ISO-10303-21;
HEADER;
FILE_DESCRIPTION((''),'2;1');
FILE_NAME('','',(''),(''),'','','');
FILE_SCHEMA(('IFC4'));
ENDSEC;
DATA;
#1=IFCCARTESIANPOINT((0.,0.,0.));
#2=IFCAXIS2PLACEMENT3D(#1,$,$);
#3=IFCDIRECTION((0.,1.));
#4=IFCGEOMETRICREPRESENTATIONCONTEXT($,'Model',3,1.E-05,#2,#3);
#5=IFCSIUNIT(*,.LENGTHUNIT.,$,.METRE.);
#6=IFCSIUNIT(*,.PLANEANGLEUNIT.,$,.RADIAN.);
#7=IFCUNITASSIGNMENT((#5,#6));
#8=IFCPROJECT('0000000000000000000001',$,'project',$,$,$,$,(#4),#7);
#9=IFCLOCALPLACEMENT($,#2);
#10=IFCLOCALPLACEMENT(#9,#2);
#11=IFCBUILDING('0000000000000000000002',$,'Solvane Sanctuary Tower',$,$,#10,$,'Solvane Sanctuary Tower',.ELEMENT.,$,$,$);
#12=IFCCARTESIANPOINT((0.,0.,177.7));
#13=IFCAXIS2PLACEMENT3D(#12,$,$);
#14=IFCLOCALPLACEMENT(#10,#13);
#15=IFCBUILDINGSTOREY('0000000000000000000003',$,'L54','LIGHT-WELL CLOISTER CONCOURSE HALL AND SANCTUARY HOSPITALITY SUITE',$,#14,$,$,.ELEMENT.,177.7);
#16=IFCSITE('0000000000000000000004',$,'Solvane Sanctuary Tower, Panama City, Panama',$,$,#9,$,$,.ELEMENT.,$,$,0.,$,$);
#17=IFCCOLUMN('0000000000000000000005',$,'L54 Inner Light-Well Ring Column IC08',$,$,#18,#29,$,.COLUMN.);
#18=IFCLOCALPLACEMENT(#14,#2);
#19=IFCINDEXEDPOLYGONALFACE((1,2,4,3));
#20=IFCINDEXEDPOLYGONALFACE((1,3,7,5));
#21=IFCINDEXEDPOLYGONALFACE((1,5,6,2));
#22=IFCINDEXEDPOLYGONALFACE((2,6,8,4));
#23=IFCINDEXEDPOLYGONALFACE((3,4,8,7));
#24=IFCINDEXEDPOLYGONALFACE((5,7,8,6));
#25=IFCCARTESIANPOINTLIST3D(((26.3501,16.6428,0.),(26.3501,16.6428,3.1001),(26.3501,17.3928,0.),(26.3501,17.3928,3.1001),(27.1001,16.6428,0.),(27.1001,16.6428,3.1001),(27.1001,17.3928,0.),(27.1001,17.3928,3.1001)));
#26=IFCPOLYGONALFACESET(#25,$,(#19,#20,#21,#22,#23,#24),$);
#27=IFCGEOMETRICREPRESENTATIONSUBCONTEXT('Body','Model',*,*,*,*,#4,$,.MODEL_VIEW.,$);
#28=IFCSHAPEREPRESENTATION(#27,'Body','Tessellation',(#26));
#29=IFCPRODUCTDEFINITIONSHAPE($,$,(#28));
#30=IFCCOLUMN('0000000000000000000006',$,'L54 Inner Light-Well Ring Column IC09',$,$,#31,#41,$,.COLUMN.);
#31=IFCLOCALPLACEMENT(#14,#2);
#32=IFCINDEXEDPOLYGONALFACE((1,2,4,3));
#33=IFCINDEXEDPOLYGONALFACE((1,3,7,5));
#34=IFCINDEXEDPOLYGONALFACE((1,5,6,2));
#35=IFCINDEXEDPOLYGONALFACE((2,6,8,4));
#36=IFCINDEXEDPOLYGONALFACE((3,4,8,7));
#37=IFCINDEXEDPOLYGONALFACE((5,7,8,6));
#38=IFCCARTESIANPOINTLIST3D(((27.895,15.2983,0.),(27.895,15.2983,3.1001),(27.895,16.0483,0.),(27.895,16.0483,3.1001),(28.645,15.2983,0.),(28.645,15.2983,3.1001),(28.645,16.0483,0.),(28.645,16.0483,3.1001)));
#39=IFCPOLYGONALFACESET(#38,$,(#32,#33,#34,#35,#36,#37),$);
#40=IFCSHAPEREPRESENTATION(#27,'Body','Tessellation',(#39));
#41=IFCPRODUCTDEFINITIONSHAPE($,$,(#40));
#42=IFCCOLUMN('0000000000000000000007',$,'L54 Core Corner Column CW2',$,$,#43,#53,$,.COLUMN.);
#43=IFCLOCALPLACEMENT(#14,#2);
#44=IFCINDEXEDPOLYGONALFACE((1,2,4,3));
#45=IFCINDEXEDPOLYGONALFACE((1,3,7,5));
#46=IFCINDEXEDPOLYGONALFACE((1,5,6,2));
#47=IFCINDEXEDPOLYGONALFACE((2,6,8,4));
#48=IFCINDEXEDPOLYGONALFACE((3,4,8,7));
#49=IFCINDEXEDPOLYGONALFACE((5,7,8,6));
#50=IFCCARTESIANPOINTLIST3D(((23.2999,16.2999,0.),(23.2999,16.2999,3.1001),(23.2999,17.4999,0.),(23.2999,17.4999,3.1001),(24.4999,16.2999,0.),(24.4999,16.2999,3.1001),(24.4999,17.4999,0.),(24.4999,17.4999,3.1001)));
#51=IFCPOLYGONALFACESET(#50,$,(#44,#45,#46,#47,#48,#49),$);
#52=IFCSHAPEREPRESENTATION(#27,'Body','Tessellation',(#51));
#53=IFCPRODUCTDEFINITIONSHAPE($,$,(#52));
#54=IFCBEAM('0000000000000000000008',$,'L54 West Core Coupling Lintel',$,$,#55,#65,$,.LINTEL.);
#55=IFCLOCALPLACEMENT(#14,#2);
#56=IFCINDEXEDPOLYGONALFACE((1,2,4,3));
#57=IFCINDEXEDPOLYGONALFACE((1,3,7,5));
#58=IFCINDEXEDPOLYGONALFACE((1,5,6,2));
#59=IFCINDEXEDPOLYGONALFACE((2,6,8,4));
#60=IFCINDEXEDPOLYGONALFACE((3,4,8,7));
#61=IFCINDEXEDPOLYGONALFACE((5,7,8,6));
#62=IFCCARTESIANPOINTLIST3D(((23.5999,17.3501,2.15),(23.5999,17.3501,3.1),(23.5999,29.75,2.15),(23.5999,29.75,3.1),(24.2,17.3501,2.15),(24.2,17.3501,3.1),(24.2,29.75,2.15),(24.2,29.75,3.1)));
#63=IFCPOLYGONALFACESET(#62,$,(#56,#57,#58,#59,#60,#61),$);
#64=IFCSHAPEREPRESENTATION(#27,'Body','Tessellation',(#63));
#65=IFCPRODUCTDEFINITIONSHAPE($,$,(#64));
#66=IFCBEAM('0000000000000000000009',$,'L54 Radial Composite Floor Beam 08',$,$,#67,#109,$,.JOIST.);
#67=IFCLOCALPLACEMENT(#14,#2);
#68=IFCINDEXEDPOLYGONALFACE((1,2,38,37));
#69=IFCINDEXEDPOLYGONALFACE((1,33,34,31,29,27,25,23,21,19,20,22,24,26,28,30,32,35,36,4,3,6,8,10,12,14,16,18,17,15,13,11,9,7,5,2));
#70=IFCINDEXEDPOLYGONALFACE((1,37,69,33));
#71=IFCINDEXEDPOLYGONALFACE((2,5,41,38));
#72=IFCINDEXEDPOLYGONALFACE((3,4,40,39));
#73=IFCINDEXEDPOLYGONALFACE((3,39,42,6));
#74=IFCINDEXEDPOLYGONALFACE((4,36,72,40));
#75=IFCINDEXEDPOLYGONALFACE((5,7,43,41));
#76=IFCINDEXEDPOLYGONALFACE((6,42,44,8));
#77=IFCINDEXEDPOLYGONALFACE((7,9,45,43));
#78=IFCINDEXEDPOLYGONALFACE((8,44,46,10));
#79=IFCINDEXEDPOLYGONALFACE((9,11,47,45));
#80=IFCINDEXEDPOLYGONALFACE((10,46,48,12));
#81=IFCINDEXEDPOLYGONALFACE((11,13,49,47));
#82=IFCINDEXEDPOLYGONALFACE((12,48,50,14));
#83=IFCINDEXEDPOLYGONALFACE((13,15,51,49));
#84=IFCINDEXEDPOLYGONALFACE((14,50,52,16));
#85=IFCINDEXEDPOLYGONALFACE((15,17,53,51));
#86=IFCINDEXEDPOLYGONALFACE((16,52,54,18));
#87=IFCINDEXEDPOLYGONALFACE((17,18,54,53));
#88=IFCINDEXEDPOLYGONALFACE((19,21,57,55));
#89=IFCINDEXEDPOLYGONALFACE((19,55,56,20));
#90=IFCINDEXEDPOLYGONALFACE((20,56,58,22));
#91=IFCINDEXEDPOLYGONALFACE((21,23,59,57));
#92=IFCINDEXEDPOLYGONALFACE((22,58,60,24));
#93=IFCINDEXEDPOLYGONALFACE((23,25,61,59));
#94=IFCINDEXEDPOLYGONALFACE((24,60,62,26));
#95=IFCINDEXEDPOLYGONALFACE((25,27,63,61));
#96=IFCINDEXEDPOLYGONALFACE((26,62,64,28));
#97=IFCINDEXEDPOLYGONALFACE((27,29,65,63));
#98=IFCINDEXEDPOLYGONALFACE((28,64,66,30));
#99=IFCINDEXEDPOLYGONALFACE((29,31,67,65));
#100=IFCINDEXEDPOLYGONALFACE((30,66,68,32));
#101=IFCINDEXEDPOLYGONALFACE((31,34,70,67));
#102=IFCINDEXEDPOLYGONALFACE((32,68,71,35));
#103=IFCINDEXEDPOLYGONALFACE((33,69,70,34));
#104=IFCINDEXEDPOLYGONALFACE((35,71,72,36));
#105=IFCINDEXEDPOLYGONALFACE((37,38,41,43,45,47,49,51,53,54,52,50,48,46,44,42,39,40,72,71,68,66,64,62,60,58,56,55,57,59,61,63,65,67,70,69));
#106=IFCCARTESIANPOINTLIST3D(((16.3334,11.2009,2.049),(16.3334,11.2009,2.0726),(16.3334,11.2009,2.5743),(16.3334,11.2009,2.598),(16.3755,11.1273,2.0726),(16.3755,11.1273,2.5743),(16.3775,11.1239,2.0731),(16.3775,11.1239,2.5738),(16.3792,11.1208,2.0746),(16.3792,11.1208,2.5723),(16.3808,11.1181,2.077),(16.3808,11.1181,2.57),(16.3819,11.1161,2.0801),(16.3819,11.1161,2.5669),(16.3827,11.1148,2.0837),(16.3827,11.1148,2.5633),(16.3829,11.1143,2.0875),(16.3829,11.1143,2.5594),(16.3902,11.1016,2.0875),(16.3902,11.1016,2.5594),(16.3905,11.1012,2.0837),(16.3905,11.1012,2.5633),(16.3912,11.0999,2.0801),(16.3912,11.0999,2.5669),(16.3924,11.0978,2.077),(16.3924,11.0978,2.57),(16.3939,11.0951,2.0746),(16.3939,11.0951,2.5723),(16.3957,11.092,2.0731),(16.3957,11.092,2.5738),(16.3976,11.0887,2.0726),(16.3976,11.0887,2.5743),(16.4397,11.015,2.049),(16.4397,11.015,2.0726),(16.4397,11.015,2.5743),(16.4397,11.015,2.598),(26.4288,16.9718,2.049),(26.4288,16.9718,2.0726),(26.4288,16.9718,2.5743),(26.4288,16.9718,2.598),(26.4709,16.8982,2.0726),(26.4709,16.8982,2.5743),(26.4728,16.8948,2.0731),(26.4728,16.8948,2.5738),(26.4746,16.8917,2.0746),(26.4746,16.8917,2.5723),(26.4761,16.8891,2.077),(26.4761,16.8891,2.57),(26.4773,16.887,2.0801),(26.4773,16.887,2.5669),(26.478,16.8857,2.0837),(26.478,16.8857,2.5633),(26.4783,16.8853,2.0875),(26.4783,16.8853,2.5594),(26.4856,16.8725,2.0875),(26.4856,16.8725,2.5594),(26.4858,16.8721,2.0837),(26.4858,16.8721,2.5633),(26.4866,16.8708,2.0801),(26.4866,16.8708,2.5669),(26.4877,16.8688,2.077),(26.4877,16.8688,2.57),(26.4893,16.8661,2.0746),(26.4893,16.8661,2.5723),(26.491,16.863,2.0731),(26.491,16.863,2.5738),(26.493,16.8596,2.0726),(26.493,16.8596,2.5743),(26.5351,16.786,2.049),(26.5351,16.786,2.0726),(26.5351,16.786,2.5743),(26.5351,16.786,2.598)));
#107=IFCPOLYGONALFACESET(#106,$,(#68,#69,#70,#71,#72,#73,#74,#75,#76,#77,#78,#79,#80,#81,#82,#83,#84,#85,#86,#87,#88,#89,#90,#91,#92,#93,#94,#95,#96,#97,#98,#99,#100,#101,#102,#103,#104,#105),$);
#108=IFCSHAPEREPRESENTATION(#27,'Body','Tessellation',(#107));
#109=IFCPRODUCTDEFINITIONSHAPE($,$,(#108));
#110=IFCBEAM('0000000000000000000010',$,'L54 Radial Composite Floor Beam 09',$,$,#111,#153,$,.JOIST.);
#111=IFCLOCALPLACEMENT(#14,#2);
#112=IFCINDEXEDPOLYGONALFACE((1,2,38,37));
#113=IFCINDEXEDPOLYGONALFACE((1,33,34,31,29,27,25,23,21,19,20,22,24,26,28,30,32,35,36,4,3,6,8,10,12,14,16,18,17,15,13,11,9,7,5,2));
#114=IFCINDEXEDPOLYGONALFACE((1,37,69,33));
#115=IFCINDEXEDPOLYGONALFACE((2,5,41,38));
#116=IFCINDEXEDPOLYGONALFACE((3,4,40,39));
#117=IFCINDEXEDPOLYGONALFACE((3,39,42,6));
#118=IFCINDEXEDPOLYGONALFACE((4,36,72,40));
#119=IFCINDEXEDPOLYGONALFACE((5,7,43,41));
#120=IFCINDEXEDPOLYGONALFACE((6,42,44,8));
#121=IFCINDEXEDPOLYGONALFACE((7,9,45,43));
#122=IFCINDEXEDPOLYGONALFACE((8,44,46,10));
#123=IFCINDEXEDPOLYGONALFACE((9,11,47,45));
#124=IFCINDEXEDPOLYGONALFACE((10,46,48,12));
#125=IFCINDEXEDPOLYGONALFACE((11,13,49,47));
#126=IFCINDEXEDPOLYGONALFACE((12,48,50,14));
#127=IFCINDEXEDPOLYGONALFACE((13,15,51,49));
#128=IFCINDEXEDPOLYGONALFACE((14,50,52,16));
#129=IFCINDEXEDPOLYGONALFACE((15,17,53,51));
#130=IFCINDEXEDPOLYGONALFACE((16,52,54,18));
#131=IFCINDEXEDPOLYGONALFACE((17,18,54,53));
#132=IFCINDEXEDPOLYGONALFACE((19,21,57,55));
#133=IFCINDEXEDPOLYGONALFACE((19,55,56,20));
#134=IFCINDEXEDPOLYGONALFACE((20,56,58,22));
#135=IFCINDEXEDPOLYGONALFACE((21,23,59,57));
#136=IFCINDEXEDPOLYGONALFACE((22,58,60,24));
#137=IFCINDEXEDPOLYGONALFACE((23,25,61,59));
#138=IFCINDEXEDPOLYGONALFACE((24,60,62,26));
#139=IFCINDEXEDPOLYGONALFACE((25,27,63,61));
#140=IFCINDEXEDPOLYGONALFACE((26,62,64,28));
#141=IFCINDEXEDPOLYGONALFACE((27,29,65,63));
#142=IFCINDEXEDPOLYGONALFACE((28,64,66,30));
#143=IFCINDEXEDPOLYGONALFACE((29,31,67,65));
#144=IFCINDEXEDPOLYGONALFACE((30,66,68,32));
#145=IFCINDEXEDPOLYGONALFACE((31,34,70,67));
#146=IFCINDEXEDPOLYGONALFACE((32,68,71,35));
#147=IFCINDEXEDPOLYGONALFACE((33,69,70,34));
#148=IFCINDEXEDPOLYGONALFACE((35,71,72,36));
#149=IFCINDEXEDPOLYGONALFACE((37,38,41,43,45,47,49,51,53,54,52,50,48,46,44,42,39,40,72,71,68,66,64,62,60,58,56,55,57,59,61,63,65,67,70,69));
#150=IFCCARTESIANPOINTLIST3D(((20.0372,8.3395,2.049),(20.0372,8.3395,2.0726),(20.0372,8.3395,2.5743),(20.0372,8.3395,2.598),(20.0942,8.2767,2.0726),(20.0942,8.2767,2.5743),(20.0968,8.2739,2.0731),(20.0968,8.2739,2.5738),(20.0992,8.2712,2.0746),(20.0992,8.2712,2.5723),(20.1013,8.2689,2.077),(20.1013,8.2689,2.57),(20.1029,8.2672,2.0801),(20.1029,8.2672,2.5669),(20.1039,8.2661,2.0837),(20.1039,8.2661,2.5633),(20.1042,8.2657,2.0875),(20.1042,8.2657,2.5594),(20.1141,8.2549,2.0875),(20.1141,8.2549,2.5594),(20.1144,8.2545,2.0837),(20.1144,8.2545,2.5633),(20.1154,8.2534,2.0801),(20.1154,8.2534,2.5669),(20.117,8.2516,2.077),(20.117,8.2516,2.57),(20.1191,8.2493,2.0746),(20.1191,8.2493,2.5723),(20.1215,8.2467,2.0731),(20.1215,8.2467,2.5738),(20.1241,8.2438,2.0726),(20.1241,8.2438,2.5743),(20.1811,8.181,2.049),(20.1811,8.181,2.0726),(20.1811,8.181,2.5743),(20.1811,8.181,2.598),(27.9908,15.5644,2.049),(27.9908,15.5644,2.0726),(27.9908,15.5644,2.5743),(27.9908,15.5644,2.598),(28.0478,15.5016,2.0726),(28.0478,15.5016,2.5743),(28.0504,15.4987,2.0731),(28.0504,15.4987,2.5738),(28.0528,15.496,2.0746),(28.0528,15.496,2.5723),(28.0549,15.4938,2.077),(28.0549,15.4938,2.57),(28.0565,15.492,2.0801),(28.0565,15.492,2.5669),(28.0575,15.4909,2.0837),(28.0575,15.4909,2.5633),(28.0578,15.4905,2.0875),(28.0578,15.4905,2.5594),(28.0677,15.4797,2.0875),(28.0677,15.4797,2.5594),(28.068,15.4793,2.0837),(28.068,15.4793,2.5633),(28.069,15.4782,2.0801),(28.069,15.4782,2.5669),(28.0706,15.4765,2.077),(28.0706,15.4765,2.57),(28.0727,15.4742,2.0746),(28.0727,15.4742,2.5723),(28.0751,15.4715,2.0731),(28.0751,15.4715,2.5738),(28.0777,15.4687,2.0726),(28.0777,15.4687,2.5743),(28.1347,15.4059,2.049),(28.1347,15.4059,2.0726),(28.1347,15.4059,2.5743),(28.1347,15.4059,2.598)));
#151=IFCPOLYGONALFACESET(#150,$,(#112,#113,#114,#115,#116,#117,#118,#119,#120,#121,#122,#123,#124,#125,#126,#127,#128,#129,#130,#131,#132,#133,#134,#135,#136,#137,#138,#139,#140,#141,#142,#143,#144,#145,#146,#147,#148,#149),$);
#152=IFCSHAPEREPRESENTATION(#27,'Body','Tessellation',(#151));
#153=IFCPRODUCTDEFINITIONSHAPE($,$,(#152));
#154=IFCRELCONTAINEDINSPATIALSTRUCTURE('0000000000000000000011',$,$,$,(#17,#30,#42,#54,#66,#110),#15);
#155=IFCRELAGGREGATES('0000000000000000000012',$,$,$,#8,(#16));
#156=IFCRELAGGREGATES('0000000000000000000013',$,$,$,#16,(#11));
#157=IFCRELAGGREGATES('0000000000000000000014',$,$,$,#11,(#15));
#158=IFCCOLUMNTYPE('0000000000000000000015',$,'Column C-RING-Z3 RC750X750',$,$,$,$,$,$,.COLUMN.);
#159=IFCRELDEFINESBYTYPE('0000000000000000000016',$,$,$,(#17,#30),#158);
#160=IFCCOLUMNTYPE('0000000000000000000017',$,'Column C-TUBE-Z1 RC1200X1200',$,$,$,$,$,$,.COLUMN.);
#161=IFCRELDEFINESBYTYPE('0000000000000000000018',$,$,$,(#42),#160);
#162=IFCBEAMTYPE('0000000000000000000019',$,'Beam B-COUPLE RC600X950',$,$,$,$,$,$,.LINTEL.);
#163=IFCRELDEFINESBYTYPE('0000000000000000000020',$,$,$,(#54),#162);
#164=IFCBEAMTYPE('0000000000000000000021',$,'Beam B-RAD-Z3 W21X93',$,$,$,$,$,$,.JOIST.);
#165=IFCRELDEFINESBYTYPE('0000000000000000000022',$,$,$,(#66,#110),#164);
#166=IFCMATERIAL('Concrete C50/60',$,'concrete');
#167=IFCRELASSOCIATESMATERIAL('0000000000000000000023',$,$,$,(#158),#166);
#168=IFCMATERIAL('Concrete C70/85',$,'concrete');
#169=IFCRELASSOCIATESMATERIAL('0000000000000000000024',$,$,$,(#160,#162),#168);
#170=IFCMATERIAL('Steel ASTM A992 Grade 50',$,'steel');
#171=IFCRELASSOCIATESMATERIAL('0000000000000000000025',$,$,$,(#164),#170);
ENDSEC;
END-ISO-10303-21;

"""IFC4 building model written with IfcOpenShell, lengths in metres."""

from ifc_helpers import new_model, si_unit, direction, frame, origin, origin_2d, place, context, subcontext, project, spatial, rectangle, i_section, extrude, material, material_profile, profile_set, type_object, element, save


model = new_model("IFC4")

# Units and contexts
model_context = context("Model", 3, precision=1e-05, world=origin(), true_north=direction((0.0, 1.0)))
body_context = subcontext(model_context, "Body", "Model", "MODEL_VIEW")
ifc_project = project(units=[si_unit("LENGTHUNIT", "METRE"), si_unit("PLANEANGLEUNIT", "RADIAN")], contexts=[model_context])

# Site, building, storey
site_placement = place(None, origin())
site = spatial("IfcSite", under=ifc_project, at=site_placement, Name="Solvane Sanctuary Tower, Panama City, Panama", CompositionType="ELEMENT", RefElevation=0.0)
building_placement = place(site_placement, origin())
building = spatial("IfcBuilding", under=site, at=building_placement, Name="Solvane Sanctuary Tower", LongName="Solvane Sanctuary Tower", CompositionType="ELEMENT")
storey_placement = place(building_placement, frame((0.0, 0.0, 177.7)))
storey = spatial("IfcBuildingStorey", under=building, at=storey_placement, Name="L54", Description="LIGHT-WELL CLOISTER CONCOURSE HALL AND SANCTUARY HOSPITALITY SUITE", CompositionType="ELEMENT", Elevation=177.7)

# Columns
ifc_material_1 = material(Name="Concrete C50/60", Category="concrete")
ifc_material_profile_1 = material_profile(ifc_material_1, rectangle(XDim=0.75, YDim=0.75, at=origin_2d()), Name="RC750X750")
ifc_profile_set_1 = profile_set([ifc_material_profile_1], Name="Concrete C50/60")
column_type_1 = type_object("IfcColumnType", Name="Column C-RING-Z3 RC750X750", PredefinedType="COLUMN", material=ifc_profile_set_1)
for number, where, z_axis, x_axis, name in (
    (1, (26.7251, 17.0178, 0.0), (0.0, 0.0, 1.0), (1.0, 0.0, 0.0), "L54 Inner Light-Well Ring Column IC08"),
    (2, (28.27, 15.6733, 0.0), (0.0, 0.0, 1.0), (1.0, 0.0, 0.0), "L54 Inner Light-Well Ring Column IC09"),
):
    element("IfcColumn", number, at=place(storey_placement, frame(where, z_axis=z_axis, x_axis=x_axis)), inside=storey, type_object=column_type_1, Name=name, PredefinedType="COLUMN", context=body_context, shape_type="SweptSolid", body=[
        extrude(rectangle(XDim=0.75, YDim=0.75, at=origin_2d()), origin(), (0.0, 0.0, 1.0), 3.1001),
    ])
ifc_material_2 = material(Name="Concrete C70/85", Category="concrete")
ifc_material_profile_2 = material_profile(ifc_material_2, rectangle(XDim=1.2, YDim=1.2, at=origin_2d()), Name="RC1200X1200")
ifc_profile_set_2 = profile_set([ifc_material_profile_2], Name="Concrete C70/85")
column_type_2 = type_object("IfcColumnType", Name="Column C-TUBE-Z1 RC1200X1200", PredefinedType="COLUMN", material=ifc_profile_set_2)
column_placement = place(storey_placement, frame((23.8999, 16.8999, 0.0), z_axis=(0.0, 0.0, 1.0), x_axis=(1.0, 0.0, 0.0)))
element("IfcColumn", 3, at=column_placement, inside=storey, type_object=column_type_2, Name="L54 Core Corner Column CW2", PredefinedType="COLUMN", context=body_context, shape_type="SweptSolid", body=[
    extrude(rectangle(XDim=1.2, YDim=1.2, at=origin_2d()), origin(), (0.0, 0.0, 1.0), 3.1001),
])

# Beams
ifc_material_profile_3 = material_profile(ifc_material_2, rectangle(XDim=0.6001, YDim=0.95, at=origin_2d()), Name="RC600X950")
ifc_profile_set_3 = profile_set([ifc_material_profile_3], Name="Concrete C70/85")
beam_type_1 = type_object("IfcBeamType", Name="Beam B-COUPLE RC600X950", PredefinedType="LINTEL", material=ifc_profile_set_3)
beam_1_placement = place(storey_placement, frame((23.8999, 17.3501, 2.625), z_axis=(0.0, 1.0, 0.0), x_axis=(-1.0, 0.0, 0.0)))
element("IfcBeam", 4, at=beam_1_placement, inside=storey, type_object=beam_type_1, Name="L54 West Core Coupling Lintel", PredefinedType="LINTEL", context=body_context, shape_type="SweptSolid", body=[
    extrude(rectangle(XDim=0.6001, YDim=0.95, at=origin_2d()), origin(), (0.0, 0.0, 1.0), 12.3999),
])
ifc_material_3 = material(Name="Steel ASTM A992 Grade 50", Category="steel")
ifc_material_profile_4 = material_profile(ifc_material_3, i_section(OverallWidth=0.2141, OverallDepth=0.5491, WebThickness=0.0146, FlangeThickness=0.0237, FilletRadius=0.0149, at=origin_2d()), Name="W21X93")
ifc_profile_set_4 = profile_set([ifc_material_profile_4], Name="Steel ASTM A992 Grade 50")
beam_type_2 = type_object("IfcBeamType", Name="Beam B-RAD-Z3 W21X93", PredefinedType="JOIST", material=ifc_profile_set_4)
beam_2_placement = place(storey_placement, frame((26.4819, 16.8789, 2.3235), z_axis=(-0.868163, -0.496279, 0.0), x_axis=(0.496279, -0.868163, 0.0)))
element("IfcBeam", 5, at=beam_2_placement, inside=storey, type_object=beam_type_2, Name="L54 Radial Composite Floor Beam 08", PredefinedType="JOIST", context=body_context, shape_type="SweptSolid", body=[
    extrude(i_section(OverallWidth=0.2141, OverallDepth=0.5491, WebThickness=0.0146, FlangeThickness=0.0237, FilletRadius=0.0149, at=origin_2d()), origin(), (0.0, 0.0, 1.0), 11.6284),
])
beam_3_placement = place(storey_placement, frame((28.0627, 15.4851, 2.3235), z_axis=(-0.740204, -0.672382, 0.0), x_axis=(0.672382, -0.740204, 0.0)))
element("IfcBeam", 6, at=beam_3_placement, inside=storey, type_object=beam_type_2, Name="L54 Radial Composite Floor Beam 09", PredefinedType="JOIST", context=body_context, shape_type="SweptSolid", body=[
    extrude(i_section(OverallWidth=0.2141, OverallDepth=0.5491, WebThickness=0.0146, FlangeThickness=0.0237, FilletRadius=0.0149, at=origin_2d()), origin(), (0.0, 0.0, 1.0), 10.7451),
])

save(model, "model.ifc")
